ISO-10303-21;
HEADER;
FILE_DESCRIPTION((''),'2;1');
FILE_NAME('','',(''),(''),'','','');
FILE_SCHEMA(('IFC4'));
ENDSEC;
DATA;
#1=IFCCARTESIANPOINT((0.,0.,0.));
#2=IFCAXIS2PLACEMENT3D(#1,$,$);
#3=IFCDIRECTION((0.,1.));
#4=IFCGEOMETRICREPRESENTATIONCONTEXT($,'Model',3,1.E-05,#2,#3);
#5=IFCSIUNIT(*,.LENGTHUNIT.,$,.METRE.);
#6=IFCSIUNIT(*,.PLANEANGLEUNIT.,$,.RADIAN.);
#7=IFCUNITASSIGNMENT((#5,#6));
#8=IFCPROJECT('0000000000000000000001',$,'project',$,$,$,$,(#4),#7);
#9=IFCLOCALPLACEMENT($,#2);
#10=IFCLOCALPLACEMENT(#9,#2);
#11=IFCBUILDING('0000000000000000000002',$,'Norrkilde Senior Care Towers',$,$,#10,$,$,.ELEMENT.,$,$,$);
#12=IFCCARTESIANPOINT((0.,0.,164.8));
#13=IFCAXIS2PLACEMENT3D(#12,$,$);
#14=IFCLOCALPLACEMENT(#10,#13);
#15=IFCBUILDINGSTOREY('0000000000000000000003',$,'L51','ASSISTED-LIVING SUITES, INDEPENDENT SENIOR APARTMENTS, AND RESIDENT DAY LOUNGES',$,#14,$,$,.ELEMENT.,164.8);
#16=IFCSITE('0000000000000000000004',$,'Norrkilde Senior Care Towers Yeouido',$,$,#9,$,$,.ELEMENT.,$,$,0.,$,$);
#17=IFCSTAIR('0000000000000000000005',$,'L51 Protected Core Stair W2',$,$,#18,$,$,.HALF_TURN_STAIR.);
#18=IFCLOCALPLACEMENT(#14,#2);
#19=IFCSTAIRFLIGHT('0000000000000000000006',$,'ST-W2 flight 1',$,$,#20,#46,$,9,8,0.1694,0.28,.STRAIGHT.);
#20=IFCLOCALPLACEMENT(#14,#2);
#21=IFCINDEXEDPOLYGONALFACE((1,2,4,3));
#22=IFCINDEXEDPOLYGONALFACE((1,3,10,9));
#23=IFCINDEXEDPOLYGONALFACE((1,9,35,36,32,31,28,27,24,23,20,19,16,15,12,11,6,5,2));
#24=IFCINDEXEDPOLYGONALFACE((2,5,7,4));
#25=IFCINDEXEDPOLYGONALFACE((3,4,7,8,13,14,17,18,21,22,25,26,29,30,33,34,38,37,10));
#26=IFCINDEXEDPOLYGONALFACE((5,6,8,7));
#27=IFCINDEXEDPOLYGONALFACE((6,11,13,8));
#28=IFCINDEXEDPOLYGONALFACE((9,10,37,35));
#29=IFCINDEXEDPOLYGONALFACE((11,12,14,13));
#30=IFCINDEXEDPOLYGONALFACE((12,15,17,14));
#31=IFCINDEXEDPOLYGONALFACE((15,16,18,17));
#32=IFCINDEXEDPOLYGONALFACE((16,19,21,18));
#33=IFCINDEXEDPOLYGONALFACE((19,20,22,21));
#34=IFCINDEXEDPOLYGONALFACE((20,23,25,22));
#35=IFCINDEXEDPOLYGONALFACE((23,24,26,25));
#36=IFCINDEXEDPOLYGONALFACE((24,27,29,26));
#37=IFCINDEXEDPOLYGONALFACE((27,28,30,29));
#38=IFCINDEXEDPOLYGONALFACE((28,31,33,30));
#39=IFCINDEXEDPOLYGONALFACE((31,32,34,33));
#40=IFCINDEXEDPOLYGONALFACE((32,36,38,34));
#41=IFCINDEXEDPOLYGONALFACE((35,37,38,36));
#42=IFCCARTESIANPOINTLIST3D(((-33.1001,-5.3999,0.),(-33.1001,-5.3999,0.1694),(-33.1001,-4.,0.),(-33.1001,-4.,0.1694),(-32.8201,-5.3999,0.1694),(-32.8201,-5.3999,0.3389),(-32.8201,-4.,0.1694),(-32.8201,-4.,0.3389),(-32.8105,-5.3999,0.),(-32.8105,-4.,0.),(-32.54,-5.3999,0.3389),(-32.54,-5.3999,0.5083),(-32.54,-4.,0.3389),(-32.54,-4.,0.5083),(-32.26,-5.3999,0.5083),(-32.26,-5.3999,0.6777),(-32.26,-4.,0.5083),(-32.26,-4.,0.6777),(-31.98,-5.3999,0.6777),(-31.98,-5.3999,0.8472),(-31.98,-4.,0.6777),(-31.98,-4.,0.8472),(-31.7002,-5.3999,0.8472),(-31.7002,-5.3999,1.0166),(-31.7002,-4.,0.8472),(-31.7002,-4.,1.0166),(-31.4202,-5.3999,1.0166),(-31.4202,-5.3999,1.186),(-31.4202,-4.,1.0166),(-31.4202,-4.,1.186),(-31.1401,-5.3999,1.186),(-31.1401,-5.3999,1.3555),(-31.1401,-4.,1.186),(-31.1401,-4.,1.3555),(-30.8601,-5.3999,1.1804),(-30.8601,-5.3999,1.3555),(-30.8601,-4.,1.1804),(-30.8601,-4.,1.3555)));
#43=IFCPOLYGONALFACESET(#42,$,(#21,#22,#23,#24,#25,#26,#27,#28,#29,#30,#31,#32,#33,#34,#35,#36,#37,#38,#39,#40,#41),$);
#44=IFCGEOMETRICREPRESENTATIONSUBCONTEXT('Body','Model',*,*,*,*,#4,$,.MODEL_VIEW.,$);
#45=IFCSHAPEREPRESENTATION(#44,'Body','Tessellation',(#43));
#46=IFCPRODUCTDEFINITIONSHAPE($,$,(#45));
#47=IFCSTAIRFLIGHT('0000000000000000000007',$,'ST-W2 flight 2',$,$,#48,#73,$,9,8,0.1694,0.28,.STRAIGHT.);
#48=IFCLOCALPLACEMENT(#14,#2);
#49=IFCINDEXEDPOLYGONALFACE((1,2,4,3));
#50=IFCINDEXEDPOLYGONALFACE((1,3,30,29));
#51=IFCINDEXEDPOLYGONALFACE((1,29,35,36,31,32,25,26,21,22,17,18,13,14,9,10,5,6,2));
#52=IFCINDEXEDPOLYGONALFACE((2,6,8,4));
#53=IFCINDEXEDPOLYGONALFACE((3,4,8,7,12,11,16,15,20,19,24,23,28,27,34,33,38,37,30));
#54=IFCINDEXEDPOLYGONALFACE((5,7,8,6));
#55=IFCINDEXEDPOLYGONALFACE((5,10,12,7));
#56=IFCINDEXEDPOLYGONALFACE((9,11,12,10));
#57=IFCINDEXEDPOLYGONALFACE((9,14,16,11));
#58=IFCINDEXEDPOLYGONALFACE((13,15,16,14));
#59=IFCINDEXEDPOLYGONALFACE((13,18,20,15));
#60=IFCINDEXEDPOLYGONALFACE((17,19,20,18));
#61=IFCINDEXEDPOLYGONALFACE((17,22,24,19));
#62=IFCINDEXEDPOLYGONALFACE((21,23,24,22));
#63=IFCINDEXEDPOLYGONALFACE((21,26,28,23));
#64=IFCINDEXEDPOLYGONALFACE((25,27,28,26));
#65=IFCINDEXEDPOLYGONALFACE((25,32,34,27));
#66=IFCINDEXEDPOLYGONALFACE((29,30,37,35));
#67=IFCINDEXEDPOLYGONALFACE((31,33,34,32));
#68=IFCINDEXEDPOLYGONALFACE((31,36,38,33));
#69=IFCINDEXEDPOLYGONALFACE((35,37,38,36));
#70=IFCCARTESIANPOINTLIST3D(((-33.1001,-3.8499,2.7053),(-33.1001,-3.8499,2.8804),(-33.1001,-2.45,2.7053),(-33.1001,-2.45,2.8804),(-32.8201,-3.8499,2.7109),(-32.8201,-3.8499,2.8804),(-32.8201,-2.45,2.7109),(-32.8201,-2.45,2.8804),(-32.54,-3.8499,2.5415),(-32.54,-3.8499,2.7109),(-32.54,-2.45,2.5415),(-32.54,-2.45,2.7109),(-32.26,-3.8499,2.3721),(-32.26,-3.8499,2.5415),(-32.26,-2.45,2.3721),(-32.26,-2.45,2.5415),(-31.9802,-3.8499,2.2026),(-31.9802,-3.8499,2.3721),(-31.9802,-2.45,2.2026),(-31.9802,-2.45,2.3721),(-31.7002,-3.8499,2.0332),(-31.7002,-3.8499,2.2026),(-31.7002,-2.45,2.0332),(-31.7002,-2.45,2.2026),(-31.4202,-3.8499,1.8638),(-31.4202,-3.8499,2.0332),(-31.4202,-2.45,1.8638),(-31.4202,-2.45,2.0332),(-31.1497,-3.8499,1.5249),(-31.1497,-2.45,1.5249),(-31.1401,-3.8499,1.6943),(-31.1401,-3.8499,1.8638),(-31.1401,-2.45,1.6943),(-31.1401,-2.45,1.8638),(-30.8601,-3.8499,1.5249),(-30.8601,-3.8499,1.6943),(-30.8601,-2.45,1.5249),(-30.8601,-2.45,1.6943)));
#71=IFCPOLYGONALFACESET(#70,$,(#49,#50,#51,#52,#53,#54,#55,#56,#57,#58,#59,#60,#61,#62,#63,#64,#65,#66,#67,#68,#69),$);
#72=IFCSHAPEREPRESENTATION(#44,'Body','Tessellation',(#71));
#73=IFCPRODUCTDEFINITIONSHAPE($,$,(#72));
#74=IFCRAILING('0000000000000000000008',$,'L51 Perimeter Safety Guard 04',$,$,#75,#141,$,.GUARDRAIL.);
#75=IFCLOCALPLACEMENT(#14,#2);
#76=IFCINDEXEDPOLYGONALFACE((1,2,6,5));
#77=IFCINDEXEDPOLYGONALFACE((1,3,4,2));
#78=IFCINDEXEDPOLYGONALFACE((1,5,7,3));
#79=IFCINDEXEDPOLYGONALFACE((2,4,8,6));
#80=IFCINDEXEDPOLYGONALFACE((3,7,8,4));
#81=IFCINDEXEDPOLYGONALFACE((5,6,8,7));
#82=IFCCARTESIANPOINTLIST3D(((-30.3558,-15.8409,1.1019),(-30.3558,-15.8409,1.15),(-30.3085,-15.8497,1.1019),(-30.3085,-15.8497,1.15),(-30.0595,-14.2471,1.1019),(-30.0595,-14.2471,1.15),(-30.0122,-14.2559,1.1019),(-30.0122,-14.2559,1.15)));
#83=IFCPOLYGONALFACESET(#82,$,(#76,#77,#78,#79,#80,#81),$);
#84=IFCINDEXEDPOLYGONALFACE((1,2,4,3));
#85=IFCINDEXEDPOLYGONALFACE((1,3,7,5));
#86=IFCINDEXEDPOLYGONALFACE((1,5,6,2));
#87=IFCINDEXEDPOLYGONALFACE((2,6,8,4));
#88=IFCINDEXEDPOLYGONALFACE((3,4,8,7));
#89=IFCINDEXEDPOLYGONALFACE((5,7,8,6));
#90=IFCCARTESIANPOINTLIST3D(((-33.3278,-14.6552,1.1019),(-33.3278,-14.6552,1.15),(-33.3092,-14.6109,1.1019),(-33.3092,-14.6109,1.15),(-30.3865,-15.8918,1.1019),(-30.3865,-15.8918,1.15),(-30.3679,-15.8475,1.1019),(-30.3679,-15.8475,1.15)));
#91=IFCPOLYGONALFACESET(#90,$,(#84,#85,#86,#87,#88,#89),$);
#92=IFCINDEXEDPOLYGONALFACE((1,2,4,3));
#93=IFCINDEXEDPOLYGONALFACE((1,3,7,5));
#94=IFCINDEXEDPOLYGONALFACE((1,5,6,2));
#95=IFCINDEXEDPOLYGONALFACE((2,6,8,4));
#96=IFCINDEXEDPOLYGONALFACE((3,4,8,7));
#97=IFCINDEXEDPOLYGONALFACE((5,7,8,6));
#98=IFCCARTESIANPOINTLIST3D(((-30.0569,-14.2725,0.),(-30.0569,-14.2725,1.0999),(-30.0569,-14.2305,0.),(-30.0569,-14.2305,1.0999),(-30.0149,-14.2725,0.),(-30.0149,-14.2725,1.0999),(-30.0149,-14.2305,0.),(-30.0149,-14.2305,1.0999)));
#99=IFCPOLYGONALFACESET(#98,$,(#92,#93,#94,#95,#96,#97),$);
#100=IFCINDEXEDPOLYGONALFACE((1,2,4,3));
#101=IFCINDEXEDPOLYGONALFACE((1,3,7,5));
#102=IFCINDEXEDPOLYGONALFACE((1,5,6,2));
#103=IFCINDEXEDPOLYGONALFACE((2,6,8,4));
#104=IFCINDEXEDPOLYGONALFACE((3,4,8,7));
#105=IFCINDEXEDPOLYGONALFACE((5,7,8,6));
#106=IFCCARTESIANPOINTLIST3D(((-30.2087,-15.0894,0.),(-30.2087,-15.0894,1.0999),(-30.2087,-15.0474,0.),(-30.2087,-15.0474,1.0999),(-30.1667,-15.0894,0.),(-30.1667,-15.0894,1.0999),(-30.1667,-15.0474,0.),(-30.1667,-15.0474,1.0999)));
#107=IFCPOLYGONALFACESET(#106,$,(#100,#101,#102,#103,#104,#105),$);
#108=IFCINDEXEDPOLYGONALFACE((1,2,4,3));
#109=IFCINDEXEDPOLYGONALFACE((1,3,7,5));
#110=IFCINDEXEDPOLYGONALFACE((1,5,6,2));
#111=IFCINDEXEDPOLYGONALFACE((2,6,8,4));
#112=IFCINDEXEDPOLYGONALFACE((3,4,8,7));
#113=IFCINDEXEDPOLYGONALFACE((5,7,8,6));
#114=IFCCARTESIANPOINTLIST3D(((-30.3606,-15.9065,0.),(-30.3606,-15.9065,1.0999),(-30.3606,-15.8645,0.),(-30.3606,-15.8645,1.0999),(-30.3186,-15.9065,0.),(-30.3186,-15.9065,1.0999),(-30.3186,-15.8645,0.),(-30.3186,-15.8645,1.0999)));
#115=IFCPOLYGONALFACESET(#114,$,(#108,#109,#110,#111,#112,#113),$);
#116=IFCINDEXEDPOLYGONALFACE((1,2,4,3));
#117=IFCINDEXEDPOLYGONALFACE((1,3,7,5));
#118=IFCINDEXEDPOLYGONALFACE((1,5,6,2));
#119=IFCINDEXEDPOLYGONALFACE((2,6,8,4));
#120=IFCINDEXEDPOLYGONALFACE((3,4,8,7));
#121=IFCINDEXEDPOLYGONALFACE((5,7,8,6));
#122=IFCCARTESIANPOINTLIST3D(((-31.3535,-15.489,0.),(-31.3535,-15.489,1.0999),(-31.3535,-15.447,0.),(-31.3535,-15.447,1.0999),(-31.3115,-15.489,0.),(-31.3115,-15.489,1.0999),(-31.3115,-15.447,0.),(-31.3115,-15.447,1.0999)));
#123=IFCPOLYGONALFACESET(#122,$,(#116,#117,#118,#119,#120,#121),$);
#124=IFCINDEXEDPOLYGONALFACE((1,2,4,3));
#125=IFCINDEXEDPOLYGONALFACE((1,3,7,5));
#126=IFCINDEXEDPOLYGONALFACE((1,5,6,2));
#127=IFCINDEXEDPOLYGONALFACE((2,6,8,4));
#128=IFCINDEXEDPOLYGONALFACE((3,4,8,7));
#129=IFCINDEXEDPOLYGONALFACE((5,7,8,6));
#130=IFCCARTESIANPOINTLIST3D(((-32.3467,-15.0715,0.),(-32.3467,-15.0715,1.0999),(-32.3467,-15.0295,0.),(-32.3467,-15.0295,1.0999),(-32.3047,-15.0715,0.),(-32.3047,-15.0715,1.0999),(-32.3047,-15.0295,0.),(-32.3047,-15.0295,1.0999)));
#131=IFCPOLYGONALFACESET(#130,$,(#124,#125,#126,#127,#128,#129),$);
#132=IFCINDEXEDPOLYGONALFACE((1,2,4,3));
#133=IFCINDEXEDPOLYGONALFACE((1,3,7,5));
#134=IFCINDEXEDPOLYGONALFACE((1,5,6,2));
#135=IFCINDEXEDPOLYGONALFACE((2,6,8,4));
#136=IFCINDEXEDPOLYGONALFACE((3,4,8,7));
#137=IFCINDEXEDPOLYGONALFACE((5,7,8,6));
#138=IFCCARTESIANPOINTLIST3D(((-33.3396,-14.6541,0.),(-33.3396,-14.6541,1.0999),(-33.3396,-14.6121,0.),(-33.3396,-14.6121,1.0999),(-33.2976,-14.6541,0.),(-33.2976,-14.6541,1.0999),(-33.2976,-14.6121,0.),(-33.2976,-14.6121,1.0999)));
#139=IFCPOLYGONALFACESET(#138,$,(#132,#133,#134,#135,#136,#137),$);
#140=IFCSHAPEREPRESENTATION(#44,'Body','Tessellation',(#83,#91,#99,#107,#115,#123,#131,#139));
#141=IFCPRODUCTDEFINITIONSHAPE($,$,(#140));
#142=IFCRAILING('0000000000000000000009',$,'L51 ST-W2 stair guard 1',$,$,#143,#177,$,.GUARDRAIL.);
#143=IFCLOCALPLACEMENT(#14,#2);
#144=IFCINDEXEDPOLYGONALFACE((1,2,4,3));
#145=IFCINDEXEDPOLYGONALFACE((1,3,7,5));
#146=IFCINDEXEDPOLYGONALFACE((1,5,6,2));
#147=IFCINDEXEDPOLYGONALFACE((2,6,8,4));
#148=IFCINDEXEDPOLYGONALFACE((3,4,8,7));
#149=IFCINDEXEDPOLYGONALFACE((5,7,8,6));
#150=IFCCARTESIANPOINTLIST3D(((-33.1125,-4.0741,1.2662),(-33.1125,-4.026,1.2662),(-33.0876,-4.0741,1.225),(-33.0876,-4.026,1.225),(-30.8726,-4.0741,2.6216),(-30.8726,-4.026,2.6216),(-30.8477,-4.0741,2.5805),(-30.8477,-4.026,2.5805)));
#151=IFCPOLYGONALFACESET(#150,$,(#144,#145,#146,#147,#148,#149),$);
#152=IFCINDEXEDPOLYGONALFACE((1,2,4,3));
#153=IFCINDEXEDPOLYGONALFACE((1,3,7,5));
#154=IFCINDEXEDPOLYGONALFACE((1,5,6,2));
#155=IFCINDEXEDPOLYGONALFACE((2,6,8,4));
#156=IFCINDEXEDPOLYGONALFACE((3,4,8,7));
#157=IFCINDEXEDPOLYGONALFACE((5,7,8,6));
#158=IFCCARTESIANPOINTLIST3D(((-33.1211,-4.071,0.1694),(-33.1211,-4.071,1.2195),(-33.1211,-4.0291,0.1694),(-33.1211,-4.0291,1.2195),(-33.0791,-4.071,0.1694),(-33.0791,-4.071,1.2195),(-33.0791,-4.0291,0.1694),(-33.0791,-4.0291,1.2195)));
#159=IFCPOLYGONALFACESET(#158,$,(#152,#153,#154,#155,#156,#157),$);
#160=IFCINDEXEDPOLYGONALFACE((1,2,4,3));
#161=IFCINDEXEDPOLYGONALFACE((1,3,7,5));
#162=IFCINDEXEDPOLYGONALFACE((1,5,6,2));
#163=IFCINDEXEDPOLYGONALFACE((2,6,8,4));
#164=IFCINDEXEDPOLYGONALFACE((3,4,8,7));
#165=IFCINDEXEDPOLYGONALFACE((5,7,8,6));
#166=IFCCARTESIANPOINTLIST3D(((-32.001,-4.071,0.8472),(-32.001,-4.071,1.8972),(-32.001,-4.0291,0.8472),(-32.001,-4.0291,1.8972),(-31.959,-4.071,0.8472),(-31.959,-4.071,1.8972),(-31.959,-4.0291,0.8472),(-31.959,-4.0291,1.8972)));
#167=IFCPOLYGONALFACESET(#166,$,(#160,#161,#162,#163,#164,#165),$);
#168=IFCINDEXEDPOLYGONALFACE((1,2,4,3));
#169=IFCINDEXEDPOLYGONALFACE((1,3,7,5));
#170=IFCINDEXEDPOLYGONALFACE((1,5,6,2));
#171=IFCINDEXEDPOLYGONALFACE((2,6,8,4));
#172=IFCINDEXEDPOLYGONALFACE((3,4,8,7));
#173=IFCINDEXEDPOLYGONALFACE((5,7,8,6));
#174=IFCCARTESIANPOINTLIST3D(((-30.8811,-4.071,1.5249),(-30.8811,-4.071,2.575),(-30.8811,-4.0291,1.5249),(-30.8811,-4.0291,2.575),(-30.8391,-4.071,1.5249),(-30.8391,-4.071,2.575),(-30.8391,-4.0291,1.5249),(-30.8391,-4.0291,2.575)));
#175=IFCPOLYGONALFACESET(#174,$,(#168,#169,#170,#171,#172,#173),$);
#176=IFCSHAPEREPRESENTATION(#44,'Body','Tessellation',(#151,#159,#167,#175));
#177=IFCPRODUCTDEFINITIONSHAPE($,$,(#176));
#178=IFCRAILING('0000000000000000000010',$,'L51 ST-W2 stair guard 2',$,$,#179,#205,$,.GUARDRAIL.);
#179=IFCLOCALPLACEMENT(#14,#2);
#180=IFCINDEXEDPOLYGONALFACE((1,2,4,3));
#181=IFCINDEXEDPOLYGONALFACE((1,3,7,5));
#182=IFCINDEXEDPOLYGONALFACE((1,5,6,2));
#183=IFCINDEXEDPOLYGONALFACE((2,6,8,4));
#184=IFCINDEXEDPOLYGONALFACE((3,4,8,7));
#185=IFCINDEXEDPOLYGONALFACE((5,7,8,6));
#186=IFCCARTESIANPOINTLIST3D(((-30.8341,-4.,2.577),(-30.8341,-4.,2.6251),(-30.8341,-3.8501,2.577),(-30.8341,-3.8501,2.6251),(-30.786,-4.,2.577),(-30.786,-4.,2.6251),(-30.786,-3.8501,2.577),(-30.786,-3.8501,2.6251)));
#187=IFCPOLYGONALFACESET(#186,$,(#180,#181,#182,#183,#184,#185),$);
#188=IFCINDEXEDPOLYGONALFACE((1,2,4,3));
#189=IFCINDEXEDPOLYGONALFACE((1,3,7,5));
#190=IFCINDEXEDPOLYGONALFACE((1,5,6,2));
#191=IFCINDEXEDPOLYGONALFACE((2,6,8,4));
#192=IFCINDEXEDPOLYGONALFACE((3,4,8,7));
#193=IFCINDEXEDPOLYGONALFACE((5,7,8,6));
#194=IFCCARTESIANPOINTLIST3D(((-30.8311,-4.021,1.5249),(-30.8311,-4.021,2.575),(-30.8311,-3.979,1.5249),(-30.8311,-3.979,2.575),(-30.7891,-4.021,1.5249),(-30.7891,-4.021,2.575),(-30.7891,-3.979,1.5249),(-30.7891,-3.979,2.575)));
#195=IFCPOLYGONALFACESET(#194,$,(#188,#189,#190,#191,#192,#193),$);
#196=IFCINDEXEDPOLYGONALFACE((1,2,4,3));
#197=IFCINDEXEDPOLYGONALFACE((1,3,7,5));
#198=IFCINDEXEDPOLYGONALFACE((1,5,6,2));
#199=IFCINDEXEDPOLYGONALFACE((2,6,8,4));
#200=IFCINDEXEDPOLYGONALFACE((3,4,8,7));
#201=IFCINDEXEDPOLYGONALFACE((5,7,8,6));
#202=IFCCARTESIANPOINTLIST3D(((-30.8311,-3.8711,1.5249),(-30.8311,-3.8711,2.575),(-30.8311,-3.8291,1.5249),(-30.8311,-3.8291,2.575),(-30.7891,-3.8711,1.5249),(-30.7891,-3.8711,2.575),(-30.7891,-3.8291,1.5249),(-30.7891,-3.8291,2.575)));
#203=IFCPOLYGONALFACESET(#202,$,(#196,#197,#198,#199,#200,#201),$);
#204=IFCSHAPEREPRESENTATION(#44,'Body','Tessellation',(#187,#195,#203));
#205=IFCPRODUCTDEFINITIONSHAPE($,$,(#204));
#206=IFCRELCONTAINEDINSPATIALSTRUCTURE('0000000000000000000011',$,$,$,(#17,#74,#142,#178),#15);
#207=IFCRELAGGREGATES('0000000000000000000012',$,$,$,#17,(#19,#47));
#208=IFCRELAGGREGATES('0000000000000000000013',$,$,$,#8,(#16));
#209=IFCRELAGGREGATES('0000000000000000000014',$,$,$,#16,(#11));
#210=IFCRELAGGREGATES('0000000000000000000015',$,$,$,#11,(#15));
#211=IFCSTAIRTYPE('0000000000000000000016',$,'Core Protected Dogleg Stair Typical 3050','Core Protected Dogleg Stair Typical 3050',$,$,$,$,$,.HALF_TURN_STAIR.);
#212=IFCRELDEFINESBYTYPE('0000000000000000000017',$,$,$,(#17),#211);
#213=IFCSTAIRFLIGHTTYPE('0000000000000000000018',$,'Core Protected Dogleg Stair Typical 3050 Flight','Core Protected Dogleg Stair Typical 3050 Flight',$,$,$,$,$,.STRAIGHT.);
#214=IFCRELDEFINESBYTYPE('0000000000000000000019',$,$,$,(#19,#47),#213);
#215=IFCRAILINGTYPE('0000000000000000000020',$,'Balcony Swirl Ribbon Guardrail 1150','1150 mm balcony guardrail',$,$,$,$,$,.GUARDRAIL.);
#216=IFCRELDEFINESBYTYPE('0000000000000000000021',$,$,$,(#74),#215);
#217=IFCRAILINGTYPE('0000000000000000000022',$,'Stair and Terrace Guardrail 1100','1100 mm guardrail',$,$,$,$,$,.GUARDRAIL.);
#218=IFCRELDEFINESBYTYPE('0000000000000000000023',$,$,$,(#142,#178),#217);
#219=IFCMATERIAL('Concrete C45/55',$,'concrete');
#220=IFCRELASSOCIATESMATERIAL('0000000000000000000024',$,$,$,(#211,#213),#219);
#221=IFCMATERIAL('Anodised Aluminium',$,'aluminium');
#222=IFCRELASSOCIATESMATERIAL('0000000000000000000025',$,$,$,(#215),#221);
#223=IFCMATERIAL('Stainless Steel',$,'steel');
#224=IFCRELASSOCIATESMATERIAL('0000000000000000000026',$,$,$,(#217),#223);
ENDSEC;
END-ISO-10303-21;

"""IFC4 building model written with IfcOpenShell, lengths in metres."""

from ifc_helpers import new_model, si_unit, direction, frame, origin, origin_2d, place, context, subcontext, project, spatial, polyline, rectangle, outline, extrude, material, type_object, element, aggregate, save


model = new_model("IFC4")

# Units and contexts
model_context = context("Model", 3, precision=1e-05, world=origin(), true_north=direction((0.0, 1.0)))
body_context = subcontext(model_context, "Body", "Model", "MODEL_VIEW")
ifc_project = project(units=[si_unit("LENGTHUNIT", "METRE"), si_unit("PLANEANGLEUNIT", "RADIAN")], contexts=[model_context])

# Site, building, storey
site_placement = place(None, origin())
site = spatial("IfcSite", under=ifc_project, at=site_placement, Name="Norrkilde Senior Care Towers Yeouido", CompositionType="ELEMENT", RefElevation=0.0)
building_placement = place(site_placement, origin())
building = spatial("IfcBuilding", under=site, at=building_placement, Name="Norrkilde Senior Care Towers", CompositionType="ELEMENT")
storey_placement = place(building_placement, frame((0.0, 0.0, 164.8)))
storey = spatial("IfcBuildingStorey", under=building, at=storey_placement, Name="L51", Description="ASSISTED-LIVING SUITES, INDEPENDENT SENIOR APARTMENTS, AND RESIDENT DAY LOUNGES", CompositionType="ELEMENT", Elevation=164.8)

# Shared definitions
ifc_material_1 = material(Name="Anodised Aluminium", Category="aluminium")

# Shared definitions
ifc_material_2 = material(Name="Concrete C45/55", Category="concrete")

# Stair, stair flights
stair_type = type_object("IfcStairType", Name="Core Protected Dogleg Stair Typical 3050", Description="Core Protected Dogleg Stair Typical 3050", PredefinedType="HALF_TURN_STAIR", material=ifc_material_2)
stair_placement = place(storey_placement, origin())
stair = element("IfcStair", 1, at=stair_placement, inside=storey, type_object=stair_type, Name="L51 Protected Core Stair W2", PredefinedType="HALF_TURN_STAIR")
stair_flight_type = type_object("IfcStairFlightType", Name="Core Protected Dogleg Stair Typical 3050 Flight", Description="Core Protected Dogleg Stair Typical 3050 Flight", PredefinedType="STRAIGHT", material=ifc_material_2)
stair_flight_1_placement = place(storey_placement, frame((-33.1001, -4.7, 0.0), z_axis=(0.0, 0.0, 1.0), x_axis=(1.0, 0.0, 0.0)))
stair_flight_1 = element("IfcStairFlight", 2, at=stair_flight_1_placement, type_object=stair_flight_type, Name="ST-W2 flight 1", NumberOfRisers=9, NumberOfTreads=8, PredefinedType="STRAIGHT", RiserHeight=0.1694, TreadLength=0.28, context=body_context, shape_type="SweptSolid", body=[
    extrude(outline(polyline([(0.0, 0.0), (0.0, 0.1694), (0.28, 0.1694), (0.28, 0.3389), (0.5601, 0.3389), (0.5601, 0.5083), (0.8401, 0.5083), (0.8401, 0.6777), (1.1201, 0.6777), (1.1201, 0.8472), (1.3999, 0.8472), (1.3999, 1.0166), (1.6799, 1.0166), (1.6799, 1.186), (1.96, 1.186), (1.96, 1.3555), (2.24, 1.3555), (2.24, 1.5249), (2.24, 1.1804), (0.2896, 0.0), (0.0, 0.0)])), frame((0.0, 0.7, 0.0), z_axis=(0.0, -1.0, 0.0), x_axis=(1.0, 0.0, 0.0)), (0.0, 0.0, 1.0), 1.3999),
])
stair_flight_2_placement = place(storey_placement, frame((-30.8601, -3.1499, 1.5249), z_axis=(0.0, 0.0, 1.0), x_axis=(-1.0, 0.0, 0.0)))
stair_flight_2 = element("IfcStairFlight", 3, at=stair_flight_2_placement, type_object=stair_flight_type, Name="ST-W2 flight 2", NumberOfRisers=9, NumberOfTreads=8, PredefinedType="STRAIGHT", RiserHeight=0.1694, TreadLength=0.28, context=body_context, shape_type="SweptSolid", body=[
    extrude(outline(polyline([(0.0, 0.0), (0.0, 0.1694), (0.28, 0.1694), (0.28, 0.3389), (0.5601, 0.3389), (0.5601, 0.5083), (0.8401, 0.5083), (0.8401, 0.6777), (1.1201, 0.6777), (1.1201, 0.8472), (1.3999, 0.8472), (1.3999, 1.0166), (1.6799, 1.0166), (1.6799, 1.186), (1.96, 1.186), (1.96, 1.3555), (2.24, 1.3555), (2.24, 1.5249), (2.24, 1.1804), (0.2896, 0.0), (0.0, 0.0)])), frame((0.0, 0.7, 0.0), z_axis=(0.0, -1.0, 0.0), x_axis=(1.0, 0.0, 0.0)), (0.0, 0.0, 1.0), 1.3999),
])
aggregate(stair, [stair_flight_1, stair_flight_2])

# Railings
railing_type_1 = type_object("IfcRailingType", Name="Balcony Swirl Ribbon Guardrail 1150", Description="1150 mm balcony guardrail", PredefinedType="GUARDRAIL", material=ifc_material_1)
railing_1_placement = place(storey_placement, frame((-30.0359, -14.2515, 0.0)))
element("IfcRailing", 4, at=railing_1_placement, inside=storey, type_object=railing_type_1, Name="L51 Perimeter Safety Guard 04", PredefinedType="GUARDRAIL", context=body_context, shape_type="SweptSolid", body=[
    extrude(rectangle(XDim=0.0481, YDim=0.0481, at=origin_2d()), frame((0.0, 0.0, 1.126), z_axis=(-0.182736, -0.983162, 0.0), x_axis=(0.983162, -0.182736, 0.0)), (0.0, 0.0, 1.0), 1.6211),
    extrude(rectangle(XDim=0.0481, YDim=0.0481, at=origin_2d()), frame((-0.3413, -1.6182, 1.126), z_axis=(-0.921843, 0.387564, 0.0), x_axis=(-0.387564, -0.921843, 0.0)), (0.0, 0.0, 1.0), 3.1907),
    extrude(rectangle(XDim=0.042, YDim=0.042, at=origin_2d()), origin(), (0.0, 0.0, 1.0), 1.0999),
    extrude(rectangle(XDim=0.042, YDim=0.042, at=origin_2d()), frame((-0.1519, -0.8169, 0.0)), (0.0, 0.0, 1.0), 1.0999),
    extrude(rectangle(XDim=0.042, YDim=0.042, at=origin_2d()), frame((-0.3037, -1.634, 0.0)), (0.0, 0.0, 1.0), 1.0999),
    extrude(rectangle(XDim=0.042, YDim=0.042, at=origin_2d()), frame((-1.2966, -1.2166, 0.0)), (0.0, 0.0, 1.0), 1.0999),
    extrude(rectangle(XDim=0.042, YDim=0.042, at=origin_2d()), frame((-2.2898, -0.7991, 0.0)), (0.0, 0.0, 1.0), 1.0999),
    extrude(rectangle(XDim=0.042, YDim=0.042, at=origin_2d()), frame((-3.2827, -0.3816, 0.0)), (0.0, 0.0, 1.0), 1.0999),
])
ifc_material_3 = material(Name="Stainless Steel", Category="steel")
railing_type_2 = type_object("IfcRailingType", Name="Stair and Terrace Guardrail 1100", Description="1100 mm guardrail", PredefinedType="GUARDRAIL", material=ifc_material_3)
railing_2_placement = place(storey_placement, frame((-33.1001, -4.05, 0.1694)))
element("IfcRailing", 5, at=railing_2_placement, inside=storey, type_object=railing_type_2, Name="L51 ST-W2 stair guard 1", PredefinedType="GUARDRAIL", context=body_context, shape_type="SweptSolid", body=[
    extrude(rectangle(XDim=0.0481, YDim=0.0481, at=origin_2d()), frame((0.0, 0.0, 1.0762), z_axis=(0.855553, 0.0, 0.517715), x_axis=(0.0, 1.0, 0.0)), (0.0, 0.0, 1.0), 2.6182),
    extrude(rectangle(XDim=0.042, YDim=0.042, at=origin_2d()), origin(), (0.0, 0.0, 1.0), 1.05),
    extrude(rectangle(XDim=0.042, YDim=0.042, at=origin_2d()), frame((1.1201, 0.0, 0.6777)), (0.0, 0.0, 1.0), 1.05),
    extrude(rectangle(XDim=0.042, YDim=0.042, at=origin_2d()), frame((2.24, 0.0, 1.3555)), (0.0, 0.0, 1.0), 1.05),
])
railing_3_placement = place(storey_placement, frame((-30.8101, -4.0, 1.5249)))
element("IfcRailing", 6, at=railing_3_placement, inside=storey, type_object=railing_type_2, Name="L51 ST-W2 stair guard 2", PredefinedType="GUARDRAIL", context=body_context, shape_type="SweptSolid", body=[
    extrude(rectangle(XDim=0.0481, YDim=0.0481, at=origin_2d()), frame((0.0, 0.0, 1.0762), z_axis=(0.0, 1.0, 0.0), x_axis=(-1.0, 0.0, 0.0)), (0.0, 0.0, 1.0), 0.1499),
    extrude(rectangle(XDim=0.042, YDim=0.042, at=origin_2d()), origin(), (0.0, 0.0, 1.0), 1.05),
    extrude(rectangle(XDim=0.042, YDim=0.042, at=origin_2d()), frame((0.0, 0.1499, 0.0)), (0.0, 0.0, 1.0), 1.05),
])

save(model, "model.ifc")
